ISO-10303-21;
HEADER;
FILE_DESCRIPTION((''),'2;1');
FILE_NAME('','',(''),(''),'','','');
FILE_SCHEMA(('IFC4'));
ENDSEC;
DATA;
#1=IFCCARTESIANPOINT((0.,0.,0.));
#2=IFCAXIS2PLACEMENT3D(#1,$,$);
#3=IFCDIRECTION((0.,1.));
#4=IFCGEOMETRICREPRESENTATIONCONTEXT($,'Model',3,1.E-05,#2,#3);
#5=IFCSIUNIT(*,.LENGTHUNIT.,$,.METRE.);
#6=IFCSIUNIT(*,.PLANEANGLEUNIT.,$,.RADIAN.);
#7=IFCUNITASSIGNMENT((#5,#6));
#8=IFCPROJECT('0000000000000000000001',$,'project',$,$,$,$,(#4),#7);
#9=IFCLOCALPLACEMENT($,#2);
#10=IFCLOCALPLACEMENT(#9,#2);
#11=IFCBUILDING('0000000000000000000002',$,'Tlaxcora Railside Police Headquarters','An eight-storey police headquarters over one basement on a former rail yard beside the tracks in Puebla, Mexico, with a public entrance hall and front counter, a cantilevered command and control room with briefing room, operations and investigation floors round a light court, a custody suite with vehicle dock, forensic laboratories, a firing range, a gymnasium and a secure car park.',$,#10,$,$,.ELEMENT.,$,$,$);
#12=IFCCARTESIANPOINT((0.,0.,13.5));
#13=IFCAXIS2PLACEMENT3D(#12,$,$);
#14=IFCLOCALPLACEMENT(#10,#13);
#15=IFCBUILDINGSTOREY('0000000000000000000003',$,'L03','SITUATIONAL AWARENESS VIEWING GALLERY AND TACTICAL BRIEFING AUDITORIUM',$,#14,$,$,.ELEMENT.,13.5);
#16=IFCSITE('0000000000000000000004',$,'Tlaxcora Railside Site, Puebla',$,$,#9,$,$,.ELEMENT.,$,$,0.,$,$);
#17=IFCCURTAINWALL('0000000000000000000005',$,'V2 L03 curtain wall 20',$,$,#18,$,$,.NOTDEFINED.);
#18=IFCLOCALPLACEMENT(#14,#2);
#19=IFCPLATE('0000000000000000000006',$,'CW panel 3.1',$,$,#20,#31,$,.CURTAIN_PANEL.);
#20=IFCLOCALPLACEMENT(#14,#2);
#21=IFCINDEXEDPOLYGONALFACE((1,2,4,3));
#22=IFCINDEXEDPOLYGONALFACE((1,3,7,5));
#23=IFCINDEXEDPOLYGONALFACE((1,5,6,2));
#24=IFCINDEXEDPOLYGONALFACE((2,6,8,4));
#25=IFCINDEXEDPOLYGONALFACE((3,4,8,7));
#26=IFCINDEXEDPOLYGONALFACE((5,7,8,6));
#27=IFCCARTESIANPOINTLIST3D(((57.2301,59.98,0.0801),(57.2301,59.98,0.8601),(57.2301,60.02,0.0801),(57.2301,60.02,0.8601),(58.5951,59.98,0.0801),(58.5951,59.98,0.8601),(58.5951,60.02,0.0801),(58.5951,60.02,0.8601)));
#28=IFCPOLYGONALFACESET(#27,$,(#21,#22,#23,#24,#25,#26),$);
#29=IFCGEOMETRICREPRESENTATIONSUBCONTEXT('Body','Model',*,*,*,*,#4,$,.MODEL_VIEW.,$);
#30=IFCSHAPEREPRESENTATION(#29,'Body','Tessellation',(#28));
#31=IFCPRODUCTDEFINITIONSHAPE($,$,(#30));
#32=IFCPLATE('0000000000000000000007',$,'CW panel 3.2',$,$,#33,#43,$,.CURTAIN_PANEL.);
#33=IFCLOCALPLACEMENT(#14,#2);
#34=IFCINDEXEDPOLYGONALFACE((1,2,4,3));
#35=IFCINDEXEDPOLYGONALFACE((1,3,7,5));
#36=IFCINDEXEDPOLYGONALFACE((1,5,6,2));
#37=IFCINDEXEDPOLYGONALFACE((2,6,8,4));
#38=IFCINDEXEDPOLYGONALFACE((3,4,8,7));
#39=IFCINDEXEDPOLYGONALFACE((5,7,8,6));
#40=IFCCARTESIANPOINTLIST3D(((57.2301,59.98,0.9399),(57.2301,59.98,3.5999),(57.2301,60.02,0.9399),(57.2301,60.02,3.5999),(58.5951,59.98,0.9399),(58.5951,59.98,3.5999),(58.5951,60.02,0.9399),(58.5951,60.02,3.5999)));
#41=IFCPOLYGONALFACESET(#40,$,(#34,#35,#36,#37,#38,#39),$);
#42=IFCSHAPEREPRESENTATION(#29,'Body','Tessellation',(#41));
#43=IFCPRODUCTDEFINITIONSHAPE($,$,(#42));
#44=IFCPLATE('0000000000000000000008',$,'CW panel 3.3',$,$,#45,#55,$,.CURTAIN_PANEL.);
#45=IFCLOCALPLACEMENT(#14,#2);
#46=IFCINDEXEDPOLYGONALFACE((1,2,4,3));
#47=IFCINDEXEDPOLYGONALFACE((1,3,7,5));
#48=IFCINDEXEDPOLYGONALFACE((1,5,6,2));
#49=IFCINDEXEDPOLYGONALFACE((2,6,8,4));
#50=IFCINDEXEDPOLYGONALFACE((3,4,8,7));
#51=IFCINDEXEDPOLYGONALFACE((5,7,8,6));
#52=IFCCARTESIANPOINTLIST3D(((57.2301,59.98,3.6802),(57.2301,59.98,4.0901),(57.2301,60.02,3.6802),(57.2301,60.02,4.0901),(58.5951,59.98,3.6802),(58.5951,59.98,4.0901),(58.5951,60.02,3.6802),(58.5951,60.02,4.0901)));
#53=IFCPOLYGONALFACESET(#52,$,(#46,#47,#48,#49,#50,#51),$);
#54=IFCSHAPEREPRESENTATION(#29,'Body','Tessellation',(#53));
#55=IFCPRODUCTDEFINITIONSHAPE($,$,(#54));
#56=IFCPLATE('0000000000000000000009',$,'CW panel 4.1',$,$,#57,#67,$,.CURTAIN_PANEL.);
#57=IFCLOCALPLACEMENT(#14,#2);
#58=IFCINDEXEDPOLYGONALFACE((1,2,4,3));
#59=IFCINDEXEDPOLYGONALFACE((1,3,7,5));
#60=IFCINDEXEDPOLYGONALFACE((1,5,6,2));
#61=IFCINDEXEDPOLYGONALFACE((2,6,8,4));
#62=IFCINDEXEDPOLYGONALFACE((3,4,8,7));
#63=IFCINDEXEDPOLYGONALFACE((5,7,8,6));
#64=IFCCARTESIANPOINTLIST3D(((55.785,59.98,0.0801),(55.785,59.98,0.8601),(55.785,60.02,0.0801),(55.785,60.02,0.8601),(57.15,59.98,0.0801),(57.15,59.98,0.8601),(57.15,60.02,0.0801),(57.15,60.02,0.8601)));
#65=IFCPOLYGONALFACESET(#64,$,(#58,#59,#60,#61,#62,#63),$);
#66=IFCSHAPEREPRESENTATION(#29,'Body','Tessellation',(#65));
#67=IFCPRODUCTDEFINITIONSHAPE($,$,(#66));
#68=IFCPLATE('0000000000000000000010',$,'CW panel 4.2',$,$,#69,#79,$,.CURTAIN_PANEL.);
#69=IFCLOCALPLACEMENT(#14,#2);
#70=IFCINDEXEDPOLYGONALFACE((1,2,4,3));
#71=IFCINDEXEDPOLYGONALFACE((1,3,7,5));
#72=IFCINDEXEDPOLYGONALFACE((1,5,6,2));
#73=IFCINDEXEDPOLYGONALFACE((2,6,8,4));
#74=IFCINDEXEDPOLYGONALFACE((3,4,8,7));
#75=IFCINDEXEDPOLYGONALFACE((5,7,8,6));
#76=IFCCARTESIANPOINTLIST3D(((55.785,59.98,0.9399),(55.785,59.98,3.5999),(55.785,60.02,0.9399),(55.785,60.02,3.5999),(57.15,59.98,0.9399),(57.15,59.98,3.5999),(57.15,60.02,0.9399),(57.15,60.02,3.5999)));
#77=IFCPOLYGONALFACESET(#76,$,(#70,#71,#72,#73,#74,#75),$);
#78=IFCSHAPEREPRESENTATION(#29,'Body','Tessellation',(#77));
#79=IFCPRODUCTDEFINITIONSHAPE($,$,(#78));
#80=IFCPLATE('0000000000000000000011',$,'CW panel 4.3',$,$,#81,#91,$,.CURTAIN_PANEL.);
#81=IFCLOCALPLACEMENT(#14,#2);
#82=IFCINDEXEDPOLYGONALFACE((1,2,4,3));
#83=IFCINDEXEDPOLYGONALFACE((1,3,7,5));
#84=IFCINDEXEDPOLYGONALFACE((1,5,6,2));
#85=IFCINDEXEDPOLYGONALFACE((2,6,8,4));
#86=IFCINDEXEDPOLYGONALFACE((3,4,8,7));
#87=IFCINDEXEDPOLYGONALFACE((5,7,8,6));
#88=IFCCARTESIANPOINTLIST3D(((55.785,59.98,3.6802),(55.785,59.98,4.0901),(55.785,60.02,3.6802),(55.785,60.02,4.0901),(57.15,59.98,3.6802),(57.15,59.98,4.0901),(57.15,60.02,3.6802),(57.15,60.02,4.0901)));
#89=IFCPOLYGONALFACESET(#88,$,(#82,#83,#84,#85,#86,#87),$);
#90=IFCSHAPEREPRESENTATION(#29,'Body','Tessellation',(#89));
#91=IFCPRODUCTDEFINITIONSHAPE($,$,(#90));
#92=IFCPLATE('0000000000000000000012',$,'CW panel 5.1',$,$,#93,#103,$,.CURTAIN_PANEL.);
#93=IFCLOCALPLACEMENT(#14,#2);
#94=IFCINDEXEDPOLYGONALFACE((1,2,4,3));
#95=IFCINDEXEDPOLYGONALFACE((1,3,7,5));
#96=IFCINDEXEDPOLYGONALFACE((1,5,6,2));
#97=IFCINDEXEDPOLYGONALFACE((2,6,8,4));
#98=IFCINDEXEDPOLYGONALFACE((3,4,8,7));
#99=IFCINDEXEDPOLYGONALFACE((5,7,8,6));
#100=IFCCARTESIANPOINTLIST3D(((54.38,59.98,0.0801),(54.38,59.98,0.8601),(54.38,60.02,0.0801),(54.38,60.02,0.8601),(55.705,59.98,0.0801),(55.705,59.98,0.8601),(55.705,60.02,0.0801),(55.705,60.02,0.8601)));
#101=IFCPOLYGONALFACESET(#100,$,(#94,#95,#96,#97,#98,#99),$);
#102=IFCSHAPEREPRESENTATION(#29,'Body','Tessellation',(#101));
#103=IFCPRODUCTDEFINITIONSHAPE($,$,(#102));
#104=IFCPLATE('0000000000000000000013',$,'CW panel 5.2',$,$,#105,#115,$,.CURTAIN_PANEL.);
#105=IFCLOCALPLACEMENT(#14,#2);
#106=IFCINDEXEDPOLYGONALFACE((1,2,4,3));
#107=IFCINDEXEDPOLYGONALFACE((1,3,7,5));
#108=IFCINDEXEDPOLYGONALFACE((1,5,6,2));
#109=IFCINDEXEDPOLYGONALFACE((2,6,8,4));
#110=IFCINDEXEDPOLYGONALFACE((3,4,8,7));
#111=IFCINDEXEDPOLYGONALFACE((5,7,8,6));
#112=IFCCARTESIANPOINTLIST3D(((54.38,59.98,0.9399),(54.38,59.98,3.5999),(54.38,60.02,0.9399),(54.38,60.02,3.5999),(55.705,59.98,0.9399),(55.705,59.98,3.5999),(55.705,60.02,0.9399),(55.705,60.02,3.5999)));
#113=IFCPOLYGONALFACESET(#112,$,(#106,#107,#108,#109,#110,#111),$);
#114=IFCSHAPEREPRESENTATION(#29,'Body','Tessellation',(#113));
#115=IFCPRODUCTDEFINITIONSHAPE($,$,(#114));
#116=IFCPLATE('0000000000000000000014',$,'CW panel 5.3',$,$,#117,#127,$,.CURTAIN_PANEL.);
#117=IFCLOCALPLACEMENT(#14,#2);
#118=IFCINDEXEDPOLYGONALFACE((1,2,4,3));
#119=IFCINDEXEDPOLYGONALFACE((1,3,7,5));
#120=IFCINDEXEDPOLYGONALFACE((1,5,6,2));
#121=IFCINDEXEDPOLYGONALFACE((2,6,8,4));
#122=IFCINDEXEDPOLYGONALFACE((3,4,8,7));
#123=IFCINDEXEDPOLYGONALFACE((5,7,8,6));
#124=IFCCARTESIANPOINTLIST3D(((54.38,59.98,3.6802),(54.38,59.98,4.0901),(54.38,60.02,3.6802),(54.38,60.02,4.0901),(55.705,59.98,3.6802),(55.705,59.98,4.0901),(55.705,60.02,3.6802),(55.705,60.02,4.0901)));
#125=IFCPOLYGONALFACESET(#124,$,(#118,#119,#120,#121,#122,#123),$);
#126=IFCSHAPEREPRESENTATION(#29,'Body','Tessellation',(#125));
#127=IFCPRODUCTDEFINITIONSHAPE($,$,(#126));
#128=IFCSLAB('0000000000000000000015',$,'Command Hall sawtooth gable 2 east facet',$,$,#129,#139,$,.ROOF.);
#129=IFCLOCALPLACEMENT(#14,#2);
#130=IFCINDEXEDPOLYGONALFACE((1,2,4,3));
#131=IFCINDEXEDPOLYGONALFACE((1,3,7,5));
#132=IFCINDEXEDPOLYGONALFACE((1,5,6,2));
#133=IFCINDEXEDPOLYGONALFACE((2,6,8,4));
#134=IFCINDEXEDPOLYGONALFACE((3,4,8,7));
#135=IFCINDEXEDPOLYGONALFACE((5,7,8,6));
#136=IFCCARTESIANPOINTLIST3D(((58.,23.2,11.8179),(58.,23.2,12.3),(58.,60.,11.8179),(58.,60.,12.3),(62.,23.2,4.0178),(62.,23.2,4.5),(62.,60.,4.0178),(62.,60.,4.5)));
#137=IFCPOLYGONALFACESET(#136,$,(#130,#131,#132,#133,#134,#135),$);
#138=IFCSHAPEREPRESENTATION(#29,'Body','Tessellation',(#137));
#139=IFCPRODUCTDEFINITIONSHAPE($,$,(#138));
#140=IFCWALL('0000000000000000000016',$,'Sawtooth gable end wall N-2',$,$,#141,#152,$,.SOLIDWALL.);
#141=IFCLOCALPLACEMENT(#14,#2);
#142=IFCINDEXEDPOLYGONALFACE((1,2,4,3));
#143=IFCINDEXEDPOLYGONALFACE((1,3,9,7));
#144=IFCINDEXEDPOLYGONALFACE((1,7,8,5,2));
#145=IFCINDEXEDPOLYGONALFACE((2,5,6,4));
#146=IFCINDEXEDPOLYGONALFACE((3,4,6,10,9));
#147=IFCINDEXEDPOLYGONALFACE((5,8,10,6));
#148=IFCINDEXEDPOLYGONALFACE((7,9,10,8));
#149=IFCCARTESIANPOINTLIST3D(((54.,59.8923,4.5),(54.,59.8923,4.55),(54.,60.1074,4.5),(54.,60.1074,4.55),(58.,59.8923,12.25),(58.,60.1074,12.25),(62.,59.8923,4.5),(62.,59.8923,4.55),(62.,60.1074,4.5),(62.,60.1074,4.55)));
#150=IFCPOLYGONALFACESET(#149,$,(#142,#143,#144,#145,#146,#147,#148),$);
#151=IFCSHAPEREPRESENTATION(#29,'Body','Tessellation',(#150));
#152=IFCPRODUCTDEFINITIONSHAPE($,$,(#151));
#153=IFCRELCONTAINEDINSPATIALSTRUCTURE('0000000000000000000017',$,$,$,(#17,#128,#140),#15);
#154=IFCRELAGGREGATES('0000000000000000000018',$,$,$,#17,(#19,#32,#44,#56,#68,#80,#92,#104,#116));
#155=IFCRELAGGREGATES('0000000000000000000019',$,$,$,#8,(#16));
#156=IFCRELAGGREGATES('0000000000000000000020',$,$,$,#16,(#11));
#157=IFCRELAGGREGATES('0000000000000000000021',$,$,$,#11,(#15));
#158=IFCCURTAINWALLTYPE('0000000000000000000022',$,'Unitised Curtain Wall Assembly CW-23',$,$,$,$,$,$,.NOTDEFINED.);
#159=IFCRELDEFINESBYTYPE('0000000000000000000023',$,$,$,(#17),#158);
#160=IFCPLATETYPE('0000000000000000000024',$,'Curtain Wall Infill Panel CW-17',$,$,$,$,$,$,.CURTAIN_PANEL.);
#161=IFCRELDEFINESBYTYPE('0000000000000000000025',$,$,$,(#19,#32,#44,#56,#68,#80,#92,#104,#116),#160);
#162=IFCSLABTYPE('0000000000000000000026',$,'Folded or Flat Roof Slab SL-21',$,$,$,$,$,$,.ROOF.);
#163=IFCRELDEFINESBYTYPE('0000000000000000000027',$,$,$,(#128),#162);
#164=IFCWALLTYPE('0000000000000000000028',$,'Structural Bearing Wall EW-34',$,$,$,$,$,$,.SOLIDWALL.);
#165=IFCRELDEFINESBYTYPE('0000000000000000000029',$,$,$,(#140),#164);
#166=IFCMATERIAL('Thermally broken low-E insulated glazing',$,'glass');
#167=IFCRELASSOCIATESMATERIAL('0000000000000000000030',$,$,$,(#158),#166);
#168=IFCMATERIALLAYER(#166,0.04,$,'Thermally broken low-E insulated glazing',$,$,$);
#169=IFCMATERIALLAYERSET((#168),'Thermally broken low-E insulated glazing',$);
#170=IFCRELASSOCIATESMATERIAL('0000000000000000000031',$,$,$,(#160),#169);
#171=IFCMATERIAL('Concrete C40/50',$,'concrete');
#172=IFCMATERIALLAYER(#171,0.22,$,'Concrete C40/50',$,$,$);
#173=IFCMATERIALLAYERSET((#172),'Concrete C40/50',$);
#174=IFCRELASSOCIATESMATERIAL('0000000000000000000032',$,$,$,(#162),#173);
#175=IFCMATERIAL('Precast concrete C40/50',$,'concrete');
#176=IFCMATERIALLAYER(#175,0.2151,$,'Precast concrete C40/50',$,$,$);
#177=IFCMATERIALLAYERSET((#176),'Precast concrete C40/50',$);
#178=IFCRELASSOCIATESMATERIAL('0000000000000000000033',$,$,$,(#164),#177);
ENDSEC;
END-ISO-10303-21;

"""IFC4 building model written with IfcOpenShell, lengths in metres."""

from ifc_helpers import new_model, si_unit, direction, frame, origin, origin_2d, place, context, subcontext, project, spatial, polyline, rectangle, outline, extrude, material, layer, layer_set, type_object, element, aggregate, save


model = new_model("IFC4")

# Units and contexts
model_context = context("Model", 3, precision=1e-05, world=origin(), true_north=direction((0.0, 1.0)))
body_context = subcontext(model_context, "Body", "Model", "MODEL_VIEW")
ifc_project = project(units=[si_unit("LENGTHUNIT", "METRE"), si_unit("PLANEANGLEUNIT", "RADIAN")], contexts=[model_context])

# Site, building, storey
site_placement = place(None, origin())
site = spatial("IfcSite", under=ifc_project, at=site_placement, Name="Tlaxcora Railside Site, Puebla", CompositionType="ELEMENT", RefElevation=0.0)
building_placement = place(site_placement, origin())
building = spatial("IfcBuilding", under=site, at=building_placement, Name="Tlaxcora Railside Police Headquarters", Description="An eight-storey police headquarters over one basement on a former rail yard beside the tracks in Puebla, Mexico, with a public entrance hall and front counter, a cantilevered command and control room with briefing room, operations and investigation floors round a light court, a custody suite with vehicle dock, forensic laboratories, a firing range, a gymnasium and a secure car park.", CompositionType="ELEMENT")
storey_placement = place(building_placement, frame((0.0, 0.0, 13.5)))
storey = spatial("IfcBuildingStorey", under=building, at=storey_placement, Name="L03", Description="SITUATIONAL AWARENESS VIEWING GALLERY AND TACTICAL BRIEFING AUDITORIUM", CompositionType="ELEMENT", Elevation=13.5)

# Curtain wall
ifc_material_1 = material(Name="Thermally broken low-E insulated glazing", Category="glass")
curtain_wall_type = type_object("IfcCurtainWallType", Name="Unitised Curtain Wall Assembly CW-23", PredefinedType="NOTDEFINED", material=ifc_material_1)
curtain_wall_placement = place(storey_placement, origin())
curtain_wall = element("IfcCurtainWall", 1, at=curtain_wall_placement, inside=storey, type_object=curtain_wall_type, Name="V2 L03 curtain wall 20", PredefinedType="NOTDEFINED")

# Plates
ifc_layer_1 = layer(ifc_material_1, 0.04, Name="Thermally broken low-E insulated glazing")
ifc_layer_set_1 = layer_set([ifc_layer_1], Name="Thermally broken low-E insulated glazing")
plate_type = type_object("IfcPlateType", Name="Curtain Wall Infill Panel CW-17", PredefinedType="CURTAIN_PANEL", material=ifc_layer_set_1)
plate_1_placement = place(storey_placement, frame((57.9126, 60.0, 0.0801), z_axis=(0.0, 0.0, 1.0), x_axis=(-1.0, 0.0, 0.0)))
plate_1 = element("IfcPlate", 2, at=plate_1_placement, type_object=plate_type, Name="CW panel 3.1", PredefinedType="CURTAIN_PANEL", context=body_context, shape_type="SweptSolid", body=[
    extrude(rectangle(XDim=1.365, YDim=0.04, at=origin_2d()), origin(), (0.0, 0.0, 1.0), 0.78),
])
plate_2_placement = place(storey_placement, frame((57.9126, 60.0, 0.9399), z_axis=(0.0, 0.0, 1.0), x_axis=(-1.0, 0.0, 0.0)))
plate_2 = element("IfcPlate", 3, at=plate_2_placement, type_object=plate_type, Name="CW panel 3.2", PredefinedType="CURTAIN_PANEL", context=body_context, shape_type="SweptSolid", body=[
    extrude(rectangle(XDim=1.365, YDim=0.04, at=origin_2d()), origin(), (0.0, 0.0, 1.0), 2.6599),
])
plate_3_placement = place(storey_placement, frame((57.9126, 60.0, 3.6802), z_axis=(0.0, 0.0, 1.0), x_axis=(-1.0, 0.0, 0.0)))
plate_3 = element("IfcPlate", 4, at=plate_3_placement, type_object=plate_type, Name="CW panel 3.3", PredefinedType="CURTAIN_PANEL", context=body_context, shape_type="SweptSolid", body=[
    extrude(rectangle(XDim=1.365, YDim=0.04, at=origin_2d()), origin(), (0.0, 0.0, 1.0), 0.4099),
])
plate_4_placement = place(storey_placement, frame((56.4675, 60.0, 0.0801), z_axis=(0.0, 0.0, 1.0), x_axis=(-1.0, 0.0, 0.0)))
plate_4 = element("IfcPlate", 5, at=plate_4_placement, type_object=plate_type, Name="CW panel 4.1", PredefinedType="CURTAIN_PANEL", context=body_context, shape_type="SweptSolid", body=[
    extrude(rectangle(XDim=1.365, YDim=0.04, at=origin_2d()), origin(), (0.0, 0.0, 1.0), 0.78),
])
plate_5_placement = place(storey_placement, frame((56.4675, 60.0, 0.9399), z_axis=(0.0, 0.0, 1.0), x_axis=(-1.0, 0.0, 0.0)))
plate_5 = element("IfcPlate", 6, at=plate_5_placement, type_object=plate_type, Name="CW panel 4.2", PredefinedType="CURTAIN_PANEL", context=body_context, shape_type="SweptSolid", body=[
    extrude(rectangle(XDim=1.365, YDim=0.04, at=origin_2d()), origin(), (0.0, 0.0, 1.0), 2.6599),
])
plate_6_placement = place(storey_placement, frame((56.4675, 60.0, 3.6802), z_axis=(0.0, 0.0, 1.0), x_axis=(-1.0, 0.0, 0.0)))
plate_6 = element("IfcPlate", 7, at=plate_6_placement, type_object=plate_type, Name="CW panel 4.3", PredefinedType="CURTAIN_PANEL", context=body_context, shape_type="SweptSolid", body=[
    extrude(rectangle(XDim=1.365, YDim=0.04, at=origin_2d()), origin(), (0.0, 0.0, 1.0), 0.4099),
])
plate_7_placement = place(storey_placement, frame((55.0425, 60.0, 0.0801), z_axis=(0.0, 0.0, 1.0), x_axis=(-1.0, 0.0, 0.0)))
plate_7 = element("IfcPlate", 8, at=plate_7_placement, type_object=plate_type, Name="CW panel 5.1", PredefinedType="CURTAIN_PANEL", context=body_context, shape_type="SweptSolid", body=[
    extrude(rectangle(XDim=1.325, YDim=0.04, at=origin_2d()), origin(), (0.0, 0.0, 1.0), 0.78),
])
plate_8_placement = place(storey_placement, frame((55.0425, 60.0, 0.9399), z_axis=(0.0, 0.0, 1.0), x_axis=(-1.0, 0.0, 0.0)))
plate_8 = element("IfcPlate", 9, at=plate_8_placement, type_object=plate_type, Name="CW panel 5.2", PredefinedType="CURTAIN_PANEL", context=body_context, shape_type="SweptSolid", body=[
    extrude(rectangle(XDim=1.325, YDim=0.04, at=origin_2d()), origin(), (0.0, 0.0, 1.0), 2.6599),
])
plate_9_placement = place(storey_placement, frame((55.0425, 60.0, 3.6802), z_axis=(0.0, 0.0, 1.0), x_axis=(-1.0, 0.0, 0.0)))
plate_9 = element("IfcPlate", 10, at=plate_9_placement, type_object=plate_type, Name="CW panel 5.3", PredefinedType="CURTAIN_PANEL", context=body_context, shape_type="SweptSolid", body=[
    extrude(rectangle(XDim=1.325, YDim=0.04, at=origin_2d()), origin(), (0.0, 0.0, 1.0), 0.4099),
])
aggregate(curtain_wall, [plate_1, plate_2, plate_3, plate_4, plate_5, plate_6, plate_7, plate_8, plate_9])

# Slab
ifc_material_2 = material(Name="Concrete C40/50", Category="concrete")
ifc_layer_2 = layer(ifc_material_2, 0.22, Name="Concrete C40/50")
ifc_layer_set_2 = layer_set([ifc_layer_2], Name="Concrete C40/50")
slab_type = type_object("IfcSlabType", Name="Folded or Flat Roof Slab SL-21", PredefinedType="ROOF", material=ifc_layer_set_2)
slab_placement = place(storey_placement, frame((58.0, 60.0, 0.0), z_axis=(0.0, -1.0, 0.0), x_axis=(1.0, 0.0, 0.0)))
element("IfcSlab", 11, at=slab_placement, inside=storey, type_object=slab_type, Name="Command Hall sawtooth gable 2 east facet", PredefinedType="ROOF", context=body_context, shape_type="SweptSolid", body=[
    extrude(outline(polyline([(0.0, 11.8179), (4.0, 4.0178), (4.0, 4.5), (0.0, 12.3), (0.0, 11.8179)])), origin(), (0.0, 0.0, 1.0), 36.8),
])

# Wall
ifc_material_3 = material(Name="Precast concrete C40/50", Category="concrete")
ifc_layer_3 = layer(ifc_material_3, 0.2151, Name="Precast concrete C40/50")
ifc_layer_set_3 = layer_set([ifc_layer_3], Name="Precast concrete C40/50")
wall_type = type_object("IfcWallType", Name="Structural Bearing Wall EW-34", PredefinedType="SOLIDWALL", material=ifc_layer_set_3)
wall_placement = place(storey_placement, frame((54.0, 60.0, 4.5), z_axis=(0.0, 0.0, 1.0), x_axis=(1.0, 0.0, 0.0)))
element("IfcWall", 12, at=wall_placement, inside=storey, type_object=wall_type, Name="Sawtooth gable end wall N-2", PredefinedType="SOLIDWALL", context=body_context, shape_type="SweptSolid", body=[
    extrude(outline(polyline([(0.0, 0.0), (8.0, 0.0), (8.0, 0.05), (4.0, 7.75), (0.0, 0.05), (0.0, 0.0)])), frame((0.0, 0.1074, 0.0), z_axis=(0.0, -1.0, 0.0), x_axis=(1.0, 0.0, 0.0)), (0.0, 0.0, 1.0), 0.2151),
])

save(model, "model.ifc")
